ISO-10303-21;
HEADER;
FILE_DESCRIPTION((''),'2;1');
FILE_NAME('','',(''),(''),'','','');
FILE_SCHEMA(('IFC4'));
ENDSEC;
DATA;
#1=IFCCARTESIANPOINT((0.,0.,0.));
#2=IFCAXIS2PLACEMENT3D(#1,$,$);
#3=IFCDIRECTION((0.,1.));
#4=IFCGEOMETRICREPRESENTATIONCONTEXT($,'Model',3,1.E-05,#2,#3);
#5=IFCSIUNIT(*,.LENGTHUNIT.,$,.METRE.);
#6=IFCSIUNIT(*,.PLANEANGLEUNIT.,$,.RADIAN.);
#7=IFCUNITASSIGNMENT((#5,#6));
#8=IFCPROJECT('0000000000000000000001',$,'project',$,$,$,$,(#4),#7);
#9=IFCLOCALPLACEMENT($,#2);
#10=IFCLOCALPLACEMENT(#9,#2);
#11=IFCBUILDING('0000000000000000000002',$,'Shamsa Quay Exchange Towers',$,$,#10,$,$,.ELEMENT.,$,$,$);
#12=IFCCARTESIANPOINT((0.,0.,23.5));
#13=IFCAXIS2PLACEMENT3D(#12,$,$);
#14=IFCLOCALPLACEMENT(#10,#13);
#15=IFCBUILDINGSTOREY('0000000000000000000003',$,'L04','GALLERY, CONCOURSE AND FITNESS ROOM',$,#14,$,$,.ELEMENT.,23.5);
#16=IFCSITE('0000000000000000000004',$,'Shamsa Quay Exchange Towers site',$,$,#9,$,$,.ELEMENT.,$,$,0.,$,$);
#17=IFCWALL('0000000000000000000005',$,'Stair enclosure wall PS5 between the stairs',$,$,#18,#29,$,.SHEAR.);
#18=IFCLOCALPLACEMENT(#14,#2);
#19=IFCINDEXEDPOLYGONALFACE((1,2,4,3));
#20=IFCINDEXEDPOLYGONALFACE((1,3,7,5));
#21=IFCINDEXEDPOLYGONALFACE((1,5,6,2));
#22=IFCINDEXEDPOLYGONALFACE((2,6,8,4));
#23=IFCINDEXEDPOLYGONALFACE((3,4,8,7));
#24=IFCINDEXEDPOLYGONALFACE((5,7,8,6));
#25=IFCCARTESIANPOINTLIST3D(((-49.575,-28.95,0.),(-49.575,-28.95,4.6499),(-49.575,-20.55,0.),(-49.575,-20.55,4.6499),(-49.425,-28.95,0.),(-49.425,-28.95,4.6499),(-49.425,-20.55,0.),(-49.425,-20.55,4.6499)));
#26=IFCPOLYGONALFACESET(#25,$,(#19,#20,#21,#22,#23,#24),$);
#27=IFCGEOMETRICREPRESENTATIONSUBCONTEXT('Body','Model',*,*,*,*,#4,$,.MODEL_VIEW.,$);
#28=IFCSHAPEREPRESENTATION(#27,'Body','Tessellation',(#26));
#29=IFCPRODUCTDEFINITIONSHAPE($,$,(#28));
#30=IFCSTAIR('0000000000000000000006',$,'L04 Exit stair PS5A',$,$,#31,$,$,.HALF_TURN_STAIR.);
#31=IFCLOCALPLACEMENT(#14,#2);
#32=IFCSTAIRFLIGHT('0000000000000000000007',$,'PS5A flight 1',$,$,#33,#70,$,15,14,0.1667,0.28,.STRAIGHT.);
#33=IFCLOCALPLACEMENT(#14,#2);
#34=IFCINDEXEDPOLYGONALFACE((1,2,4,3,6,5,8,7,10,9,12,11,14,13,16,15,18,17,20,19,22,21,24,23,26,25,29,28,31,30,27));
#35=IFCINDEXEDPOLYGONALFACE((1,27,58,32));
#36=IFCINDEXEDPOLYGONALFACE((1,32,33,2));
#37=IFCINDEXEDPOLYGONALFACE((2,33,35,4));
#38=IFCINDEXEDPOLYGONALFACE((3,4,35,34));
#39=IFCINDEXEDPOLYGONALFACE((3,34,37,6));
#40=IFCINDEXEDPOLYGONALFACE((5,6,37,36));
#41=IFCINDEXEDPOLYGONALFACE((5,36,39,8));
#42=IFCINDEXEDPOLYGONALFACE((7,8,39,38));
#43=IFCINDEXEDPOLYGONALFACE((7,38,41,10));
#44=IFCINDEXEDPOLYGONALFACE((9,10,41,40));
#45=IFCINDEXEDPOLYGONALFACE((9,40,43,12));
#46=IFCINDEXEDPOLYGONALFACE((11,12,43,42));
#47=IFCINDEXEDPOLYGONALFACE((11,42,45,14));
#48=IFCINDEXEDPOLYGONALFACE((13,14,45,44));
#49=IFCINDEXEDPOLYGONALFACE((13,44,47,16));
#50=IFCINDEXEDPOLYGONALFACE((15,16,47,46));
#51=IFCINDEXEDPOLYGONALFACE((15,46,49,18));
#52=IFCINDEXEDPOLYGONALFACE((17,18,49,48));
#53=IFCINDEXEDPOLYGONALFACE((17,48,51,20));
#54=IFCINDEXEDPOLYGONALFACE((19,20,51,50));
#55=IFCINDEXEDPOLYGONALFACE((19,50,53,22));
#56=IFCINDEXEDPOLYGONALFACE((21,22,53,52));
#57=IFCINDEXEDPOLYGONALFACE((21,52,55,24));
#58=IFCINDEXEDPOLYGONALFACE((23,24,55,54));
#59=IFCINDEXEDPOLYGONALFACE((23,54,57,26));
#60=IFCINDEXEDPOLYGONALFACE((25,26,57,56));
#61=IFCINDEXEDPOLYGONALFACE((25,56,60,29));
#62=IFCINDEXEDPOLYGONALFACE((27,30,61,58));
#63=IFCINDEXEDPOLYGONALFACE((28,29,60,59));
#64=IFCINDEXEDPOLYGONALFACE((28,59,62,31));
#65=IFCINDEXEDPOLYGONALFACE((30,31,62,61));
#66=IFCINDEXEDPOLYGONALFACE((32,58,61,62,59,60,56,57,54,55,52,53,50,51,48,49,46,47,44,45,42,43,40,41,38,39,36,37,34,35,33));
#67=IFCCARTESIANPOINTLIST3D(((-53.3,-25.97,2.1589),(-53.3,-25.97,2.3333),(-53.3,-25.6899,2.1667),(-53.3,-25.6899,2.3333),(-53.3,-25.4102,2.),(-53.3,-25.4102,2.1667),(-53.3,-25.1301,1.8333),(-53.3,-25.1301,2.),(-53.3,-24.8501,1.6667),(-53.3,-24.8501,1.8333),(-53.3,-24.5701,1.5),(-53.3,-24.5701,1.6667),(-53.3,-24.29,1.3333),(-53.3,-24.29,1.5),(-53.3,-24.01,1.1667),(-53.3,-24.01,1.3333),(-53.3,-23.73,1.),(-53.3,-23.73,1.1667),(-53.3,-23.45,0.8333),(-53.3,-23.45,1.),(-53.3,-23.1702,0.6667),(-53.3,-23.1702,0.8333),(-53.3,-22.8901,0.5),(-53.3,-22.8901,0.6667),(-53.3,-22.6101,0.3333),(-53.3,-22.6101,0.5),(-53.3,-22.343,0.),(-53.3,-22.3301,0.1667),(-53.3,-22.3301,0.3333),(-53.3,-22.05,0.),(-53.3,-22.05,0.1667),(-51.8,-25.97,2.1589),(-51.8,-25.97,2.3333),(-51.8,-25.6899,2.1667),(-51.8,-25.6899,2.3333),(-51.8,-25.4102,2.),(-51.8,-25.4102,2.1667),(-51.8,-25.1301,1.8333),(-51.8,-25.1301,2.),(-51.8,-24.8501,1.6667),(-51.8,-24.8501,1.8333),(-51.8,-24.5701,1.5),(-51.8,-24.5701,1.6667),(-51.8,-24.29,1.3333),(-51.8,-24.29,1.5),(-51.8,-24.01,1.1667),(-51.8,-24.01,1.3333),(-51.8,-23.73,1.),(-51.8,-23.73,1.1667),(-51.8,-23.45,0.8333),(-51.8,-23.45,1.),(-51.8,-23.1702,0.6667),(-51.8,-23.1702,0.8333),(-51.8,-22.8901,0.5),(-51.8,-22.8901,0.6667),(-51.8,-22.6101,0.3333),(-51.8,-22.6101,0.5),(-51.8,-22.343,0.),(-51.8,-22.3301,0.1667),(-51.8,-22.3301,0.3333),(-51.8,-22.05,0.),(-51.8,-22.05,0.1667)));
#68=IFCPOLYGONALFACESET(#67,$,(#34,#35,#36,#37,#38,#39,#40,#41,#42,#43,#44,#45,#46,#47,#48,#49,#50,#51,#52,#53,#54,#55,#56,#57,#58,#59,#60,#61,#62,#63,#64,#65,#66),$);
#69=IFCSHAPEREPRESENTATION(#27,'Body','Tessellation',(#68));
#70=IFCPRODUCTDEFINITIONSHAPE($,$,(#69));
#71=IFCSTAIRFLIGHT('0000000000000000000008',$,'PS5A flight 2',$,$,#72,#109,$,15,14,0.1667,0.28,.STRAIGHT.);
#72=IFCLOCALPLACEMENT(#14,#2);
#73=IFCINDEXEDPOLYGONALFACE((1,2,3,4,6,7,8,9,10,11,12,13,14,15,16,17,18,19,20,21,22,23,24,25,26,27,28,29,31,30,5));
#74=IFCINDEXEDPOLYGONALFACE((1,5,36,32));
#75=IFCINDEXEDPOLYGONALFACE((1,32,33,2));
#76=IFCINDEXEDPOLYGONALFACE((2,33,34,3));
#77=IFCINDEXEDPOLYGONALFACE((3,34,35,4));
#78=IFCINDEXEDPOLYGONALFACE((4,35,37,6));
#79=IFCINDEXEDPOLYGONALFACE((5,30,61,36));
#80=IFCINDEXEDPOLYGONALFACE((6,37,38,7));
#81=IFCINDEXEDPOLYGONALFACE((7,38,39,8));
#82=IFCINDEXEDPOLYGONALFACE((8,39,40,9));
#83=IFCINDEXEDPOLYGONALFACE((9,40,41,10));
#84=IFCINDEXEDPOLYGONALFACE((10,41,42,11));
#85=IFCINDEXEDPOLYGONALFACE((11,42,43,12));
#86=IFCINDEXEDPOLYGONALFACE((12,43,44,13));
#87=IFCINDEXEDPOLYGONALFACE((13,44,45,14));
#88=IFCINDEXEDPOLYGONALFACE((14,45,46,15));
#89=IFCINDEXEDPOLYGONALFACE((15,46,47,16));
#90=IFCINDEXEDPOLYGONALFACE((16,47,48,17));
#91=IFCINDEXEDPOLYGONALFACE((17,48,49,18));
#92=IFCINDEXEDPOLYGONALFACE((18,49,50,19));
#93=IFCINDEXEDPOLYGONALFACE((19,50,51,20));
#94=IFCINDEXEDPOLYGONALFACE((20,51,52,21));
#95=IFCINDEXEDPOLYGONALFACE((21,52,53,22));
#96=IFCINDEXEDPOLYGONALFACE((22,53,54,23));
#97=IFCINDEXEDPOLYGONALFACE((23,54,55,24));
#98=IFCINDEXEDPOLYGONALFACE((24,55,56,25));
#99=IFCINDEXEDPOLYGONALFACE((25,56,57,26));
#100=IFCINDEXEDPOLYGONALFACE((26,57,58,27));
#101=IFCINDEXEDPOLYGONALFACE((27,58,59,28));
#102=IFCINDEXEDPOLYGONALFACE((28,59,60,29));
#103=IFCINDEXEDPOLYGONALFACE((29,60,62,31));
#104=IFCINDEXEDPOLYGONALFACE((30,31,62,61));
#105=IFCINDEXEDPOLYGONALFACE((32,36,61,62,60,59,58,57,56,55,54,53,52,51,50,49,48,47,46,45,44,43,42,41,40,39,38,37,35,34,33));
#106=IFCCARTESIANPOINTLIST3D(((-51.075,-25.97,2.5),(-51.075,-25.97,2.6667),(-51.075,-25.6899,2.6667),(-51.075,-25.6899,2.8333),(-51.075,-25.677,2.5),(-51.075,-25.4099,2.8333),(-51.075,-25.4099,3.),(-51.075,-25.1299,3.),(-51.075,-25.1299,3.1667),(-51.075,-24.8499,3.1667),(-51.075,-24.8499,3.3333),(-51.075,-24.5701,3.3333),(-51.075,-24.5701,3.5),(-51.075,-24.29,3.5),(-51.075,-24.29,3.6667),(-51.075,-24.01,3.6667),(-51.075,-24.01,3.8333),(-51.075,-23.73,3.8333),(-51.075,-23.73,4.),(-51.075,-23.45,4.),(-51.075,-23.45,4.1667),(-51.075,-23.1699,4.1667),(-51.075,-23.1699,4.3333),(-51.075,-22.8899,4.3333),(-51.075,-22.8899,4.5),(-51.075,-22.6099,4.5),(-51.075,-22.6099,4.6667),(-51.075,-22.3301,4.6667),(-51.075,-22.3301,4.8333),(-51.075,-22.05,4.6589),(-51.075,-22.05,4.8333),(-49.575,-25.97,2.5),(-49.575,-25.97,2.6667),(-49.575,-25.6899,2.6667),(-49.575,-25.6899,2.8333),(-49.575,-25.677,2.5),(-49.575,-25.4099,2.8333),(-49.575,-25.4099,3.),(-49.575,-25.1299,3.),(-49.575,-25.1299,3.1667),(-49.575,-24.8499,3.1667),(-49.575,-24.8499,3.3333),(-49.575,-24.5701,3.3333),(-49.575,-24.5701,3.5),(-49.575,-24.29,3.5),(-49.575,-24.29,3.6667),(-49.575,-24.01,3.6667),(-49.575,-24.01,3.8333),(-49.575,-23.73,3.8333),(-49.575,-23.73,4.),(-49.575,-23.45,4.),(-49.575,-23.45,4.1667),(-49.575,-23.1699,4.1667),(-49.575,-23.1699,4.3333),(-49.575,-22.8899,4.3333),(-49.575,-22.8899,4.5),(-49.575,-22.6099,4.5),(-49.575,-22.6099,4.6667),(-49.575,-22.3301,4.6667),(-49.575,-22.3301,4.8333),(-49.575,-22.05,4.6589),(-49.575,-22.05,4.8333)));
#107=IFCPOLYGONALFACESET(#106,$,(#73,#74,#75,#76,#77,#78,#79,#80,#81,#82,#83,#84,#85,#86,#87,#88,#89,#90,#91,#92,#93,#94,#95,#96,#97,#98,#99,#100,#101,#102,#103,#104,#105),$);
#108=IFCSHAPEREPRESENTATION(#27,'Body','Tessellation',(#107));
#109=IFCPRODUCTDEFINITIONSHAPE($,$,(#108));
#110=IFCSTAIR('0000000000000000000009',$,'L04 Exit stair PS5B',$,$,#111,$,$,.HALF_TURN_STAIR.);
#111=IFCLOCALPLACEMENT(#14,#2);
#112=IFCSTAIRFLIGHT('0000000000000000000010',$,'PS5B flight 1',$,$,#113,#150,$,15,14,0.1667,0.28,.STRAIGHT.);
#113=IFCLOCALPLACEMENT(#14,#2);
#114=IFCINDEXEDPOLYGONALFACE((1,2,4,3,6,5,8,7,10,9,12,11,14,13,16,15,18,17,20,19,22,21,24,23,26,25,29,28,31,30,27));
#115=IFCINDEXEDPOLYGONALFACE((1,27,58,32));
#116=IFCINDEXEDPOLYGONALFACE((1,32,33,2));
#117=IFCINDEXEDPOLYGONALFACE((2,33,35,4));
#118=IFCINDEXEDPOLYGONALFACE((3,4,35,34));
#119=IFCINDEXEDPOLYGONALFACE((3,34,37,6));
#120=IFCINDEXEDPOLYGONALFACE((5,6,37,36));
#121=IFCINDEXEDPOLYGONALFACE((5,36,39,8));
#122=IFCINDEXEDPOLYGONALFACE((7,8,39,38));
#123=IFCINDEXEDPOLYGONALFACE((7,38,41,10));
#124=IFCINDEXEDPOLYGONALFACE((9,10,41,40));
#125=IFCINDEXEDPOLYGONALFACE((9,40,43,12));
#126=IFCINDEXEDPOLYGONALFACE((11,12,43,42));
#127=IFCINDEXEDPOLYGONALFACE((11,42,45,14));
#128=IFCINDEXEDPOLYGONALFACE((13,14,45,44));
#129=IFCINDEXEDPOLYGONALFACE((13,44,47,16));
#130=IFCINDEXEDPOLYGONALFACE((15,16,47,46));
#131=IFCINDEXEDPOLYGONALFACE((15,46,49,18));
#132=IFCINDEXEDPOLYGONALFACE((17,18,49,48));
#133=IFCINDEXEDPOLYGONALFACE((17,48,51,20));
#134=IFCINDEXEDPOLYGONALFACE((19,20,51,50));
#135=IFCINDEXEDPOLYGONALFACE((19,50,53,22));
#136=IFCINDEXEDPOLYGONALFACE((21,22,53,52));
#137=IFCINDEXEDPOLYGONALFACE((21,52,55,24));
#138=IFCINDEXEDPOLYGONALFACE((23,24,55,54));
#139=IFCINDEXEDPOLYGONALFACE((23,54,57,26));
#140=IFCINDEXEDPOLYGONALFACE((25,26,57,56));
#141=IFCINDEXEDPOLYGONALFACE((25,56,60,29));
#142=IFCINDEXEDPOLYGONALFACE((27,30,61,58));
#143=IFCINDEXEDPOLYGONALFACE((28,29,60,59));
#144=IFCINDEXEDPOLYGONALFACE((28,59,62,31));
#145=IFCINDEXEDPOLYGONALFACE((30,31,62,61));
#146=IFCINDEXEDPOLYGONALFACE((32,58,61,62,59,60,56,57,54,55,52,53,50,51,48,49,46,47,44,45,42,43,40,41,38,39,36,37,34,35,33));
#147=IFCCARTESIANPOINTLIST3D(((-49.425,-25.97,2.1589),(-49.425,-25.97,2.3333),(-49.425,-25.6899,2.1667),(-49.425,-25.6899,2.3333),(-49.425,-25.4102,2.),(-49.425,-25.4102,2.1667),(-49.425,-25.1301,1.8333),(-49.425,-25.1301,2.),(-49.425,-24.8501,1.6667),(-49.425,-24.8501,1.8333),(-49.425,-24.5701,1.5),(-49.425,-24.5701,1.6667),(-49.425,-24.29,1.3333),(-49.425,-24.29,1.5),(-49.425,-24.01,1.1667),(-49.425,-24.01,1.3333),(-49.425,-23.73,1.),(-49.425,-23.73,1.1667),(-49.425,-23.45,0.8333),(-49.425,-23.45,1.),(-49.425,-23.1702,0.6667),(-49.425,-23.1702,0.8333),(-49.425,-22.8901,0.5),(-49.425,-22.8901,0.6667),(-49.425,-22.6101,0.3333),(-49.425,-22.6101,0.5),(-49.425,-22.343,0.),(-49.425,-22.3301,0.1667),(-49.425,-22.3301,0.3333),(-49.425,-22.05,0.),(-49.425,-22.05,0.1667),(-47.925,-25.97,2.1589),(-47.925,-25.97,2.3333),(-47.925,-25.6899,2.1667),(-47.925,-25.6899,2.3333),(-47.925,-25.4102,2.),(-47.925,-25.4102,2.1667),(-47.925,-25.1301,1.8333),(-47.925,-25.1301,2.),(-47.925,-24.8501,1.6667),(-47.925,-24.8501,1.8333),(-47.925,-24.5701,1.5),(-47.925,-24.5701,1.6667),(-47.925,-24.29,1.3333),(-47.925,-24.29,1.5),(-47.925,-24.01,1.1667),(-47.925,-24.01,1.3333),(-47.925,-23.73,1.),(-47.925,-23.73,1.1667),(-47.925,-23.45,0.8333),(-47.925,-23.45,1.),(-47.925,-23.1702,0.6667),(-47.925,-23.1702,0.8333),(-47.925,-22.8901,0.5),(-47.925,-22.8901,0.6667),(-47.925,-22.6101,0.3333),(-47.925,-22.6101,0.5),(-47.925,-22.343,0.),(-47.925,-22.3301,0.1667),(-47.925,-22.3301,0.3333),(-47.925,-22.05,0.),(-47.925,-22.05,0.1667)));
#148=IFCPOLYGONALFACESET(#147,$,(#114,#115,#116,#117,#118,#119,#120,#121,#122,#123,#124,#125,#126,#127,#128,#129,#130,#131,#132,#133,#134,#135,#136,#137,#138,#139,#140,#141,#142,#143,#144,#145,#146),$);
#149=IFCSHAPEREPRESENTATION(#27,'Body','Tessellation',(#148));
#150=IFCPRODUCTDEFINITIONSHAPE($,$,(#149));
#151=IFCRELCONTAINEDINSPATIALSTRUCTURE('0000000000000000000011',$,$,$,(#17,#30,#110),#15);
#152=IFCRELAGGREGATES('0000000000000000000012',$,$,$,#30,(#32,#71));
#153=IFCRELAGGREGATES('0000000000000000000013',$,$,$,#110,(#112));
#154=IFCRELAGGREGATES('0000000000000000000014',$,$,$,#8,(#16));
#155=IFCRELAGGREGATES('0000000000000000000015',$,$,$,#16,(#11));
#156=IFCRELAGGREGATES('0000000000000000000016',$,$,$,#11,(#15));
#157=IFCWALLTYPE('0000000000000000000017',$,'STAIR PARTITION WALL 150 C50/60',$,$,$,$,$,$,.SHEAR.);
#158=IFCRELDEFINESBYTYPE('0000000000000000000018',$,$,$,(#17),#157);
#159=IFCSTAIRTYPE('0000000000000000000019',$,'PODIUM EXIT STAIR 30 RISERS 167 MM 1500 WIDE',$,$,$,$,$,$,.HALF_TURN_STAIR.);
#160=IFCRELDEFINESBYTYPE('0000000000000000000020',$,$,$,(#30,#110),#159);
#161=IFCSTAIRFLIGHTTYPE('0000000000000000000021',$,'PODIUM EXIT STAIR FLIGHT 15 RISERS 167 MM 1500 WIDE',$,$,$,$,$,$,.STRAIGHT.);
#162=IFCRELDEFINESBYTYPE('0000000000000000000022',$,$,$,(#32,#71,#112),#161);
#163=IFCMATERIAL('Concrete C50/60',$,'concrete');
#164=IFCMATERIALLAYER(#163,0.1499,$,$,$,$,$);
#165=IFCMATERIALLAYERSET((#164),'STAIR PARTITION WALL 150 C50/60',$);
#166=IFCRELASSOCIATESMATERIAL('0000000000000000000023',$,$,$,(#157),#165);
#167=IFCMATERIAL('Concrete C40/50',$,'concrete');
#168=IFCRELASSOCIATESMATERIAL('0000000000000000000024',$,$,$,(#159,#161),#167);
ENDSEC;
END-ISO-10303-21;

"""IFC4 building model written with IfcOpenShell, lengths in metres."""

from ifc_helpers import new_model, si_unit, direction, frame, frame_2d, origin, place, context, subcontext, project, spatial, polyline, rectangle, outline, extrude, material, layer, layer_set, type_object, element, aggregate, save


model = new_model("IFC4")

# Units and contexts
model_context = context("Model", 3, precision=1e-05, world=origin(), true_north=direction((0.0, 1.0)))
body_context = subcontext(model_context, "Body", "Model", "MODEL_VIEW")
ifc_project = project(units=[si_unit("LENGTHUNIT", "METRE"), si_unit("PLANEANGLEUNIT", "RADIAN")], contexts=[model_context])

# Site, building, storey
site_placement = place(None, origin())
site = spatial("IfcSite", under=ifc_project, at=site_placement, Name="Shamsa Quay Exchange Towers site", CompositionType="ELEMENT", RefElevation=0.0)
building_placement = place(site_placement, origin())
building = spatial("IfcBuilding", under=site, at=building_placement, Name="Shamsa Quay Exchange Towers", CompositionType="ELEMENT")
storey_placement = place(building_placement, frame((0.0, 0.0, 23.5)))
storey = spatial("IfcBuildingStorey", under=building, at=storey_placement, Name="L04", Description="GALLERY, CONCOURSE AND FITNESS ROOM", CompositionType="ELEMENT", Elevation=23.5)

# Wall
ifc_material_1 = material(Name="Concrete C50/60", Category="concrete")
ifc_layer_1 = layer(ifc_material_1, 0.1499)
ifc_layer_set_1 = layer_set([ifc_layer_1], Name="STAIR PARTITION WALL 150 C50/60")
wall_type_1 = type_object("IfcWallType", Name="STAIR PARTITION WALL 150 C50/60", PredefinedType="SHEAR", material=ifc_layer_set_1)
wall_1_placement = place(storey_placement, frame((-49.5, -28.95, 0.0), z_axis=(0.0, 0.0, 1.0), x_axis=(0.0, 1.0, 0.0)))
element("IfcWall", 1, at=wall_1_placement, inside=storey, type_object=wall_type_1, Name="Stair enclosure wall PS5 between the stairs", PredefinedType="SHEAR", context=body_context, shape_type="SweptSolid", body=[
    extrude(rectangle(XDim=8.3999, YDim=0.1499, at=frame_2d((4.2, 0.0))), origin(), (0.0, 0.0, 1.0), 4.6499),
])

# Stairs, stair flights
ifc_material_2 = material(Name="Concrete C40/50", Category="concrete")
stair_type = type_object("IfcStairType", Name="PODIUM EXIT STAIR 30 RISERS 167 MM 1500 WIDE", PredefinedType="HALF_TURN_STAIR", material=ifc_material_2)
stair_1_placement = place(storey_placement, origin())
stair_1 = element("IfcStair", 2, at=stair_1_placement, inside=storey, type_object=stair_type, Name="L04 Exit stair PS5A", PredefinedType="HALF_TURN_STAIR")
stair_flight_type = type_object("IfcStairFlightType", Name="PODIUM EXIT STAIR FLIGHT 15 RISERS 167 MM 1500 WIDE", PredefinedType="STRAIGHT", material=ifc_material_2)
stair_flight_1_placement = place(storey_placement, frame((-52.55, -22.05, 0.0), z_axis=(0.0, 0.0, 1.0), x_axis=(0.0, -1.0, 0.0)))
stair_flight_1 = element("IfcStairFlight", 3, at=stair_flight_1_placement, type_object=stair_flight_type, Name="PS5A flight 1", NumberOfRisers=15, NumberOfTreads=14, PredefinedType="STRAIGHT", RiserHeight=0.1667, TreadLength=0.28, context=body_context, shape_type="SweptSolid", body=[
    extrude(outline(polyline([(0.0, 0.0), (0.0, 0.1667), (0.28, 0.1667), (0.28, 0.3333), (0.5601, 0.3333), (0.5601, 0.5), (0.8401, 0.5), (0.8401, 0.6667), (1.1201, 0.6667), (1.1201, 0.8333), (1.3999, 0.8333), (1.3999, 1.0), (1.6799, 1.0), (1.6799, 1.1667), (1.96, 1.1667), (1.96, 1.3333), (2.24, 1.3333), (2.24, 1.5), (2.52, 1.5), (2.52, 1.6667), (2.8, 1.6667), (2.8, 1.8333), (3.0801, 1.8333), (3.0801, 2.0), (3.3601, 2.0), (3.3601, 2.1667), (3.6399, 2.1667), (3.6399, 2.3333), (3.9199, 2.3333), (3.9199, 2.5), (3.9199, 2.1589), (0.293, 0.0), (0.0, 0.0)])), frame((0.0, 0.75, 0.0), z_axis=(0.0, -1.0, 0.0), x_axis=(1.0, 0.0, 0.0)), (0.0, 0.0, 1.0), 1.5),
])
stair_flight_2_placement = place(storey_placement, frame((-50.325, -25.97, 2.5), z_axis=(0.0, 0.0, 1.0), x_axis=(0.0, 1.0, 0.0)))
stair_flight_2 = element("IfcStairFlight", 4, at=stair_flight_2_placement, type_object=stair_flight_type, Name="PS5A flight 2", NumberOfRisers=15, NumberOfTreads=14, PredefinedType="STRAIGHT", RiserHeight=0.1667, TreadLength=0.28, context=body_context, shape_type="SweptSolid", body=[
    extrude(outline(polyline([(0.0, 0.0), (0.0, 0.1667), (0.28, 0.1667), (0.28, 0.3333), (0.5601, 0.3333), (0.5601, 0.5), (0.8401, 0.5), (0.8401, 0.6667), (1.1201, 0.6667), (1.1201, 0.8333), (1.3999, 0.8333), (1.3999, 1.0), (1.6799, 1.0), (1.6799, 1.1667), (1.96, 1.1667), (1.96, 1.3333), (2.24, 1.3333), (2.24, 1.5), (2.52, 1.5), (2.52, 1.6667), (2.8, 1.6667), (2.8, 1.8333), (3.0801, 1.8333), (3.0801, 2.0), (3.3601, 2.0), (3.3601, 2.1667), (3.6399, 2.1667), (3.6399, 2.3333), (3.9199, 2.3333), (3.9199, 2.5), (3.9199, 2.1589), (0.293, 0.0), (0.0, 0.0)])), frame((0.0, 0.75, 0.0), z_axis=(0.0, -1.0, 0.0), x_axis=(1.0, 0.0, 0.0)), (0.0, 0.0, 1.0), 1.5),
])
aggregate(stair_1, [stair_flight_1, stair_flight_2])
stair_2_placement = place(storey_placement, origin())
stair_2 = element("IfcStair", 5, at=stair_2_placement, inside=storey, type_object=stair_type, Name="L04 Exit stair PS5B", PredefinedType="HALF_TURN_STAIR")
stair_flight_3_placement = place(storey_placement, frame((-48.675, -22.05, 0.0), z_axis=(0.0, 0.0, 1.0), x_axis=(0.0, -1.0, 0.0)))
stair_flight_3 = element("IfcStairFlight", 6, at=stair_flight_3_placement, type_object=stair_flight_type, Name="PS5B flight 1", NumberOfRisers=15, NumberOfTreads=14, PredefinedType="STRAIGHT", RiserHeight=0.1667, TreadLength=0.28, context=body_context, shape_type="SweptSolid", body=[
    extrude(outline(polyline([(0.0, 0.0), (0.0, 0.1667), (0.28, 0.1667), (0.28, 0.3333), (0.5601, 0.3333), (0.5601, 0.5), (0.8401, 0.5), (0.8401, 0.6667), (1.1201, 0.6667), (1.1201, 0.8333), (1.3999, 0.8333), (1.3999, 1.0), (1.6799, 1.0), (1.6799, 1.1667), (1.96, 1.1667), (1.96, 1.3333), (2.24, 1.3333), (2.24, 1.5), (2.52, 1.5), (2.52, 1.6667), (2.8, 1.6667), (2.8, 1.8333), (3.0801, 1.8333), (3.0801, 2.0), (3.3601, 2.0), (3.3601, 2.1667), (3.6399, 2.1667), (3.6399, 2.3333), (3.9199, 2.3333), (3.9199, 2.5), (3.9199, 2.1589), (0.293, 0.0), (0.0, 0.0)])), frame((0.0, 0.75, 0.0), z_axis=(0.0, -1.0, 0.0), x_axis=(1.0, 0.0, 0.0)), (0.0, 0.0, 1.0), 1.5),
])
aggregate(stair_2, [stair_flight_3])

save(model, "model.ifc")
